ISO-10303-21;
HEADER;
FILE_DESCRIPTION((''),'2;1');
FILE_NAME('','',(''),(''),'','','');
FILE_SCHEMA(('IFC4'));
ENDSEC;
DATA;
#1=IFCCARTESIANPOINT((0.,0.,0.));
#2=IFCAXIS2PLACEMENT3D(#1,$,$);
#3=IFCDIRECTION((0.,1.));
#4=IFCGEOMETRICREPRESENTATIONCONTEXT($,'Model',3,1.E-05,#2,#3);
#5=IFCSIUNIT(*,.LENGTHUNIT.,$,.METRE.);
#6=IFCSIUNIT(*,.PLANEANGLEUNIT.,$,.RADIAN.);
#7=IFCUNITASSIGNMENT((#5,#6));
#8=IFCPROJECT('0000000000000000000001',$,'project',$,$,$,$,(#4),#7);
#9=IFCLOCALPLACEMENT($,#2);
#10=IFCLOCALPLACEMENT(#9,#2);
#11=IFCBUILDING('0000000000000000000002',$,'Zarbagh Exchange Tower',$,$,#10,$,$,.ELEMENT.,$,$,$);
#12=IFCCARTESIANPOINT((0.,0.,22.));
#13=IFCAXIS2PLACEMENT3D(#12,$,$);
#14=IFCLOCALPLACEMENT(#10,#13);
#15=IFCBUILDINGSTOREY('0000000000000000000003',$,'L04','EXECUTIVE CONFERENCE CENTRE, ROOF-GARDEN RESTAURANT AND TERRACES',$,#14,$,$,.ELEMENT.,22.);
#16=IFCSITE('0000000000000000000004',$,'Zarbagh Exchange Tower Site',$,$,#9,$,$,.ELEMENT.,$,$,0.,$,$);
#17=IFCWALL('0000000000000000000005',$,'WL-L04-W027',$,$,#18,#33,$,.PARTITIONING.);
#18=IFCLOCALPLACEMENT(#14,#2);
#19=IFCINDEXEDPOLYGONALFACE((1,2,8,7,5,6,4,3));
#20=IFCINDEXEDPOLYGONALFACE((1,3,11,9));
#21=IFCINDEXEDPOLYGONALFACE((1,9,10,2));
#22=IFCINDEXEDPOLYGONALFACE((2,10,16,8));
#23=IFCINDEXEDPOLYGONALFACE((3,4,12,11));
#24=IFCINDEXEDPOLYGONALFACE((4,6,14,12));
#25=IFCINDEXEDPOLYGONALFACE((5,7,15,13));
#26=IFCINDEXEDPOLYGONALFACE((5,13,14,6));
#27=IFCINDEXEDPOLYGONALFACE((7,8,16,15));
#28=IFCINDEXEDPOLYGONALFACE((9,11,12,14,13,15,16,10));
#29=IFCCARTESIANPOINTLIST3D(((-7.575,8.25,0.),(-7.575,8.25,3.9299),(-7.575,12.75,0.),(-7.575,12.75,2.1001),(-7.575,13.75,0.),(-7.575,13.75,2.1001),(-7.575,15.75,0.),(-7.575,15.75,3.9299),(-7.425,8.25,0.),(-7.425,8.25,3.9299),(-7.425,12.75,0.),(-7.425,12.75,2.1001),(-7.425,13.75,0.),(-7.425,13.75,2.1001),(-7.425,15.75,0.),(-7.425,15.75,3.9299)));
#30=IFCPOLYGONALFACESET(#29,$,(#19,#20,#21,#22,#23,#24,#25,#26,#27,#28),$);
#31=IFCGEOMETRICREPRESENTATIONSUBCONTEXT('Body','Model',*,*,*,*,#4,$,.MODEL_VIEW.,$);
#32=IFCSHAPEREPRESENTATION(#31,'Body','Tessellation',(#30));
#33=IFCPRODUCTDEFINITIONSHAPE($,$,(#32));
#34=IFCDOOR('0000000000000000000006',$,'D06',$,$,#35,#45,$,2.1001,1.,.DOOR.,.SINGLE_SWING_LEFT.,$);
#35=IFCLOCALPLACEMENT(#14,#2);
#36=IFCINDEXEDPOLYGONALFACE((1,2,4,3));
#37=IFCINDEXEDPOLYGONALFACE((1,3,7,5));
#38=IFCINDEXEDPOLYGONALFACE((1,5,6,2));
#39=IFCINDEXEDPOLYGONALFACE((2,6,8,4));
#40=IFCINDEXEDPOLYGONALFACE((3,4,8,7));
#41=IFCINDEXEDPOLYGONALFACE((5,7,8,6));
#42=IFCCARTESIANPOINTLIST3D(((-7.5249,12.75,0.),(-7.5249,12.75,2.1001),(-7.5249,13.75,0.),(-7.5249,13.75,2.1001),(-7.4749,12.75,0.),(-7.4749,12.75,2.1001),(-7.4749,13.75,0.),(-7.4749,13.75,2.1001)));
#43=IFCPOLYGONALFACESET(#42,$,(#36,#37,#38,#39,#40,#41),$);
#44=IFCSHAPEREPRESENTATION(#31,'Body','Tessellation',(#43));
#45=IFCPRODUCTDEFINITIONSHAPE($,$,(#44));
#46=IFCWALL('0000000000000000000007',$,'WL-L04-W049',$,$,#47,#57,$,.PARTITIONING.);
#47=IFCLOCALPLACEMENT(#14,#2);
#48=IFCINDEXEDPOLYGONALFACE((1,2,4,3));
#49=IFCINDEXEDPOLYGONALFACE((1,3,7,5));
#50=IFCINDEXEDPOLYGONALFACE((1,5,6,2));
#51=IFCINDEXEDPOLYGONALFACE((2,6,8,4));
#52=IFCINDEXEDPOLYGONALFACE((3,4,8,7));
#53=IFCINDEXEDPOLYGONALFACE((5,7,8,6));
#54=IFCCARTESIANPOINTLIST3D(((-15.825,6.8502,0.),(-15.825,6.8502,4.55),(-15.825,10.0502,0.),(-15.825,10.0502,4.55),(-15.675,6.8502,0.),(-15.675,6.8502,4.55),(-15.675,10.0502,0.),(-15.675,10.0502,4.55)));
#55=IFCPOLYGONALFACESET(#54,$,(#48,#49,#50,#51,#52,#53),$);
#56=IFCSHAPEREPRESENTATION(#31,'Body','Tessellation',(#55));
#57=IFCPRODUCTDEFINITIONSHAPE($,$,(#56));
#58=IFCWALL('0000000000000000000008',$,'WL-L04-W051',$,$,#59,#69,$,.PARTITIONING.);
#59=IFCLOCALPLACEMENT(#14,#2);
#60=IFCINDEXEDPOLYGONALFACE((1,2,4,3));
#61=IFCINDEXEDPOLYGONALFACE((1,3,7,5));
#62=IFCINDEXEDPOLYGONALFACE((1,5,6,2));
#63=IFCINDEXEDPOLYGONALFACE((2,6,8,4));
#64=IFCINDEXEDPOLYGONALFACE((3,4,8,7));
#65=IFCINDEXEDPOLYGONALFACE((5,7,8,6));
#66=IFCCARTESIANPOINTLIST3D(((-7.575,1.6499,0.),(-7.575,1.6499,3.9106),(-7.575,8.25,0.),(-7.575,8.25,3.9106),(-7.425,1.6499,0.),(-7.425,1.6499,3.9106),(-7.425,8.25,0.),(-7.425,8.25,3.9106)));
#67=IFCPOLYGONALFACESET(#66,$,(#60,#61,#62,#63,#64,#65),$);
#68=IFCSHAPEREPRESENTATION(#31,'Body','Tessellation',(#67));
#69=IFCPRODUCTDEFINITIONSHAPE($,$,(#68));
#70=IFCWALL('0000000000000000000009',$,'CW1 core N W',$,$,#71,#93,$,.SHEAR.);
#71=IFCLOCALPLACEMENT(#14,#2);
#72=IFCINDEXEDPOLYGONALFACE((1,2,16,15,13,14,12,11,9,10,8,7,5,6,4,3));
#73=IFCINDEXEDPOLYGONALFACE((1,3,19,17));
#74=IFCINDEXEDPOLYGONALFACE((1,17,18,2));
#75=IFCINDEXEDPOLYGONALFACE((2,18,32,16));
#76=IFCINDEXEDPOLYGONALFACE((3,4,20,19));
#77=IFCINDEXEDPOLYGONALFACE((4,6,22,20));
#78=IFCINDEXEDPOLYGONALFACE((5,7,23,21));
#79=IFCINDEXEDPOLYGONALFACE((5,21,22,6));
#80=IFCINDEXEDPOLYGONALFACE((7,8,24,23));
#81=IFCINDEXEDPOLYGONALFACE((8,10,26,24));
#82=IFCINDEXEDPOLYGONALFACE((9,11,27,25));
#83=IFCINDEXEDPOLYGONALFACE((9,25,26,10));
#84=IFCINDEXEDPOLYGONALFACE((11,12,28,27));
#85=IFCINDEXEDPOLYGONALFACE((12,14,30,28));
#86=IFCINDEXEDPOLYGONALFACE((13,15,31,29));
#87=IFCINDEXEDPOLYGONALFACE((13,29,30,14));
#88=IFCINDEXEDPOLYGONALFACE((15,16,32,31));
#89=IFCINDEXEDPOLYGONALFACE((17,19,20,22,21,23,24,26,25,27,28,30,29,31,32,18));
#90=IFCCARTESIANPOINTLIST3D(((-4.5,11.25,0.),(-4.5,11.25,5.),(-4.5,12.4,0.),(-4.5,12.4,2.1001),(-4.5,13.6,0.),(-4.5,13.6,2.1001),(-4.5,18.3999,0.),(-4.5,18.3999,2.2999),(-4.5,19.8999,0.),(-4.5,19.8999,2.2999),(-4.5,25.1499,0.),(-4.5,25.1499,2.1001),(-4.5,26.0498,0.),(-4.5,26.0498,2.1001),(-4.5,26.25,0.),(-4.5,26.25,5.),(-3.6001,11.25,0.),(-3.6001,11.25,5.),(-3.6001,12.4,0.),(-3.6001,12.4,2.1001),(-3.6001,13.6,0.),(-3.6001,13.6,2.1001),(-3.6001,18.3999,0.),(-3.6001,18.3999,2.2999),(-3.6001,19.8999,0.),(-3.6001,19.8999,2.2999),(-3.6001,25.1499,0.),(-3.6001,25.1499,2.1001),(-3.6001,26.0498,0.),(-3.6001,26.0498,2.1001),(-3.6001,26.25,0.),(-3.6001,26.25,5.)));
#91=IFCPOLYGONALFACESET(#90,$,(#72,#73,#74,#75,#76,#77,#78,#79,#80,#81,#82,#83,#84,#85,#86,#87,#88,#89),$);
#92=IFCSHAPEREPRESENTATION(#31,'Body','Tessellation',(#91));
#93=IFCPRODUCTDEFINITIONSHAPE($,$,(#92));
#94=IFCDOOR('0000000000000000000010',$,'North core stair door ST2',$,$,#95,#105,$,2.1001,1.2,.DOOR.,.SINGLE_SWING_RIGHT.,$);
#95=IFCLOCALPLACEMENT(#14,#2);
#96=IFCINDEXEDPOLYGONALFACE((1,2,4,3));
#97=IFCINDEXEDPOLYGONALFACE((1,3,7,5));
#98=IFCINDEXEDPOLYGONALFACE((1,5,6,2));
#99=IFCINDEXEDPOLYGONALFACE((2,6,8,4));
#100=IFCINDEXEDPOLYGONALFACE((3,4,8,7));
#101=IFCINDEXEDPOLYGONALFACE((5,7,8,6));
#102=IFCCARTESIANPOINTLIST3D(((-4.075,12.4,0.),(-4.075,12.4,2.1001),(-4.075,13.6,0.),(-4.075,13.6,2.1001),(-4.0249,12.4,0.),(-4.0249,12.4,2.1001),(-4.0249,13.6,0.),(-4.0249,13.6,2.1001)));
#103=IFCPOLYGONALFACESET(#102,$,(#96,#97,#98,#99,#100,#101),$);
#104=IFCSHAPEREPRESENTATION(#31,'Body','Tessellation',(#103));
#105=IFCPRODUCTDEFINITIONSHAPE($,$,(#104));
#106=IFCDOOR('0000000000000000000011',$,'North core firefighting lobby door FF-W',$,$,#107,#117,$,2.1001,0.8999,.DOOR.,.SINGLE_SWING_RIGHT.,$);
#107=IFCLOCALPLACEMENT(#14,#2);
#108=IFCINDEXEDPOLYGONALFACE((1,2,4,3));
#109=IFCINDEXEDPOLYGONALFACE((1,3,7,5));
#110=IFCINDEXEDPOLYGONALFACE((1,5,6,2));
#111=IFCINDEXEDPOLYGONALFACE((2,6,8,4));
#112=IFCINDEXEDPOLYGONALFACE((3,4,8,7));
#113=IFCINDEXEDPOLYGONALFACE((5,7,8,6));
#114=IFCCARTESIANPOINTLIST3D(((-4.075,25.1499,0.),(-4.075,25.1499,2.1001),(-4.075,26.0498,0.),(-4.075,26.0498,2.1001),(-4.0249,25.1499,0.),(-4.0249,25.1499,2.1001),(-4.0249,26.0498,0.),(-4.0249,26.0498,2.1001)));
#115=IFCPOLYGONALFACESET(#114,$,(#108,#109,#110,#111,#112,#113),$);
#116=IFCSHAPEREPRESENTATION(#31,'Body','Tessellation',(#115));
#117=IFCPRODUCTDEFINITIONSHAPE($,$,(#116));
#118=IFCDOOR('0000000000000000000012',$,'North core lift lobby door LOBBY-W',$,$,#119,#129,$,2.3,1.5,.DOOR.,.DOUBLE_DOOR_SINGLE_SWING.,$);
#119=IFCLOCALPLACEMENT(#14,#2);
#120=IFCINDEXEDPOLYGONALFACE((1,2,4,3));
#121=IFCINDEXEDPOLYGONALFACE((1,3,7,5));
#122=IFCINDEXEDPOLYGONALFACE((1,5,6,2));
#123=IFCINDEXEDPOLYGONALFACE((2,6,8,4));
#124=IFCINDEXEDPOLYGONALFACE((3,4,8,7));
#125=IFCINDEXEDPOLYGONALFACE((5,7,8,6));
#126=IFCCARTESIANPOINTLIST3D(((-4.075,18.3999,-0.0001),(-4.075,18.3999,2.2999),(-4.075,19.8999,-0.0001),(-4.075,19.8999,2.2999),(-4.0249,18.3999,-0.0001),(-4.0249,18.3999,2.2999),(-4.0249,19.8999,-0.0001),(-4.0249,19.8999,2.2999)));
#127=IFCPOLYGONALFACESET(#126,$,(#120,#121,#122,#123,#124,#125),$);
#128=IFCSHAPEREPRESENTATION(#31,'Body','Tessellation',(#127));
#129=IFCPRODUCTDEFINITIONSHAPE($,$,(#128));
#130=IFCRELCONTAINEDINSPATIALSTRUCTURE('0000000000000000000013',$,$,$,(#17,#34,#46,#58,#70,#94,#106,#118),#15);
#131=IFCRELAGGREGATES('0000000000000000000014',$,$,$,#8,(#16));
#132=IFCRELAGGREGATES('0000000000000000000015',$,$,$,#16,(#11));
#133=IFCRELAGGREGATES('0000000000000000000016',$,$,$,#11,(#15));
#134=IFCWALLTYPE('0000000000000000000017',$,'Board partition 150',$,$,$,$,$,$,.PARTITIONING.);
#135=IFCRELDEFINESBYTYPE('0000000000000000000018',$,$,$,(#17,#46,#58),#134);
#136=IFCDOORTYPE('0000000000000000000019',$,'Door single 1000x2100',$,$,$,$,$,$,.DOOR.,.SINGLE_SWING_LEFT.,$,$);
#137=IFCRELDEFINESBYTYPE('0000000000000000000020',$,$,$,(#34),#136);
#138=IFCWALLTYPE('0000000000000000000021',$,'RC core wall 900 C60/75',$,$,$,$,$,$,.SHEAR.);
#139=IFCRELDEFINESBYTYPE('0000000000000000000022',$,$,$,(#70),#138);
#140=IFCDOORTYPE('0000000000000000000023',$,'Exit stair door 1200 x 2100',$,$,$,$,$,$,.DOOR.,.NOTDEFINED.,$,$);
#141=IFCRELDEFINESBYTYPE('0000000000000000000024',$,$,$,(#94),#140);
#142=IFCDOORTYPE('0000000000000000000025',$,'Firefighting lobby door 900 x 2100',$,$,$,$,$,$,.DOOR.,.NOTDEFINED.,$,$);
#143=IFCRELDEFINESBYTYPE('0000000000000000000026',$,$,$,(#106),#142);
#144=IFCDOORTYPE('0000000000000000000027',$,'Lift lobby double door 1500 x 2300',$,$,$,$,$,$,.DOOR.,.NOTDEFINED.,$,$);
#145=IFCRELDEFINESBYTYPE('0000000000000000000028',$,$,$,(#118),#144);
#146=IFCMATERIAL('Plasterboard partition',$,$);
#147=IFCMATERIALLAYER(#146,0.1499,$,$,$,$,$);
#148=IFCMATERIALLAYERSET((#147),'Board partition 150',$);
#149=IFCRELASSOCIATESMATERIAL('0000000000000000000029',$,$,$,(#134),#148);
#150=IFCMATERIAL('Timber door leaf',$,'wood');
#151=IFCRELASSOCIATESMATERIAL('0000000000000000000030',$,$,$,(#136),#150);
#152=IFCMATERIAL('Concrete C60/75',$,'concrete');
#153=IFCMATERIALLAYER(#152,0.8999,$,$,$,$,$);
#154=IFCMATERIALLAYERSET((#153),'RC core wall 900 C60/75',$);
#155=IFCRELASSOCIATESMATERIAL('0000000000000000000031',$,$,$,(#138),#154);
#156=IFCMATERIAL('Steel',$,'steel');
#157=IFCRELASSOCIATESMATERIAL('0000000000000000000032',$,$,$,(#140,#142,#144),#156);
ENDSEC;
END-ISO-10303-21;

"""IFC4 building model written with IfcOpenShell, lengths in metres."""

from ifc_helpers import new_model, si_unit, direction, frame, frame_2d, origin, place, context, subcontext, project, spatial, rectangle, extrude, material, layer, layer_set, type_object, element, fill, save


model = new_model("IFC4")

# Units and contexts
model_context = context("Model", 3, precision=1e-05, world=origin(), true_north=direction((0.0, 1.0)))
body_context = subcontext(model_context, "Body", "Model", "MODEL_VIEW")
ifc_project = project(units=[si_unit("LENGTHUNIT", "METRE"), si_unit("PLANEANGLEUNIT", "RADIAN")], contexts=[model_context])

# Site, building, storey
site_placement = place(None, origin())
site = spatial("IfcSite", under=ifc_project, at=site_placement, Name="Zarbagh Exchange Tower Site", CompositionType="ELEMENT", RefElevation=0.0)
building_placement = place(site_placement, origin())
building = spatial("IfcBuilding", under=site, at=building_placement, Name="Zarbagh Exchange Tower", CompositionType="ELEMENT")
storey_placement = place(building_placement, frame((0.0, 0.0, 22.0)))
storey = spatial("IfcBuildingStorey", under=building, at=storey_placement, Name="L04", Description="EXECUTIVE CONFERENCE CENTRE, ROOF-GARDEN RESTAURANT AND TERRACES", CompositionType="ELEMENT", Elevation=22.0)

# Shared definitions
ifc_material_1 = material(Name="Concrete C60/75", Category="concrete")

# Wall, opening, door
ifc_material_2 = material(Name="Plasterboard partition")
ifc_layer_1 = layer(ifc_material_2, 0.1499)
ifc_layer_set_1 = layer_set([ifc_layer_1], Name="Board partition 150")
wall_type_1 = type_object("IfcWallType", Name="Board partition 150", PredefinedType="PARTITIONING", material=ifc_layer_set_1)
wall_1_placement = place(storey_placement, frame((-7.5, 8.25, 0.0), z_axis=(0.0, 0.0, 1.0), x_axis=(0.0, 1.0, 0.0)))
wall_1 = element("IfcWall", 1, at=wall_1_placement, inside=storey, type_object=wall_type_1, Name="WL-L04-W027", PredefinedType="PARTITIONING", context=body_context, shape_type="SweptSolid", body=[
    extrude(rectangle(XDim=7.5, YDim=0.1499, at=frame_2d((3.75, 0.0))), origin(), (0.0, 0.0, 1.0), 3.9299),
])
opening_1_placement = place(wall_1_placement, frame((4.5, 0.0, 0.0)))
opening_1 = element("IfcOpeningElement", 2, at=opening_1_placement, cuts=wall_1, PredefinedType="OPENING", context=body_context, shape_type="SweptSolid", body=[
    extrude(rectangle(XDim=1.0, YDim=2.1001, at=frame_2d((0.5, 1.05))), frame((0.0, 0.085, 0.0), z_axis=(0.0, -1.0, 0.0), x_axis=(1.0, 0.0, 0.0)), (0.0, 0.0, 1.0), 0.1699),
])
ifc_material_3 = material(Name="Timber door leaf", Category="wood")
door_type_1 = type_object("IfcDoorType", Name="Door single 1000x2100", OperationType="SINGLE_SWING_LEFT", PredefinedType="DOOR", material=ifc_material_3)
door_1_placement = place(opening_1_placement, origin())
door_1 = element("IfcDoor", 3, at=door_1_placement, inside=storey, type_object=door_type_1, Name="D06", OperationType="SINGLE_SWING_LEFT", OverallHeight=2.1001, OverallWidth=1.0, PredefinedType="DOOR", context=body_context, shape_type="SweptSolid", body=[
    extrude(rectangle(XDim=1.0, YDim=2.1001, at=frame_2d((0.5, 1.05))), frame((0.0, 0.0249, 0.0), z_axis=(0.0, -1.0, 0.0), x_axis=(1.0, 0.0, 0.0)), (0.0, 0.0, 1.0), 0.05),
])
fill(opening_1, door_1)

# Walls
wall_2_placement = place(storey_placement, frame((-15.75, 6.8501, 0.0), z_axis=(0.0, 0.0, 1.0), x_axis=(0.0, 1.0, 0.0)))
element("IfcWall", 4, at=wall_2_placement, inside=storey, type_object=wall_type_1, Name="WL-L04-W049", PredefinedType="PARTITIONING", context=body_context, shape_type="SweptSolid", body=[
    extrude(rectangle(XDim=3.2, YDim=0.1499, at=frame_2d((1.6001, 0.0))), origin(), (0.0, 0.0, 1.0), 4.55),
])
wall_3_placement = place(storey_placement, frame((-7.5, 8.25, 0.0), z_axis=(0.0, 0.0, 1.0), x_axis=(0.0, -1.0, 0.0)))
element("IfcWall", 5, at=wall_3_placement, inside=storey, type_object=wall_type_1, Name="WL-L04-W051", PredefinedType="PARTITIONING", context=body_context, shape_type="SweptSolid", body=[
    extrude(rectangle(XDim=6.6001, YDim=0.1499, at=frame_2d((3.3, 0.0))), origin(), (0.0, 0.0, 1.0), 3.9106),
])

# Wall, openings, doors
ifc_layer_2 = layer(ifc_material_1, 0.8999)
ifc_layer_set_2 = layer_set([ifc_layer_2], Name="RC core wall 900 C60/75")
wall_type_2 = type_object("IfcWallType", Name="RC core wall 900 C60/75", PredefinedType="SHEAR", material=ifc_layer_set_2)
wall_4_placement = place(storey_placement, frame((-4.05, 11.25, 0.0), z_axis=(0.0, 0.0, 1.0), x_axis=(0.0, 1.0, 0.0)))
wall_4 = element("IfcWall", 6, at=wall_4_placement, inside=storey, type_object=wall_type_2, Name="CW1 core N W", PredefinedType="SHEAR", context=body_context, shape_type="SweptSolid", body=[
    extrude(rectangle(XDim=15.0, YDim=0.8999, at=frame_2d((7.5, 0.0))), origin(), (0.0, 0.0, 1.0), 5.0),
])
opening_2_placement = place(wall_4_placement, frame((7.1499, 0.0, 0.0)))
opening_2 = element("IfcOpeningElement", 7, at=opening_2_placement, cuts=wall_4, PredefinedType="OPENING", context=body_context, shape_type="SweptSolid", body=[
    extrude(rectangle(XDim=1.5, YDim=2.3, at=frame_2d((0.75, 1.1499))), frame((0.0, 0.46, 0.0), z_axis=(0.0, -1.0, 0.0), x_axis=(1.0, 0.0, 0.0)), (0.0, 0.0, 1.0), 0.9199),
])
opening_3_placement = place(wall_4_placement, frame((13.8999, 0.0, 0.0)))
opening_3 = element("IfcOpeningElement", 8, at=opening_3_placement, cuts=wall_4, PredefinedType="OPENING", context=body_context, shape_type="SweptSolid", body=[
    extrude(rectangle(XDim=0.8999, YDim=2.1001, at=frame_2d((0.45, 1.05))), frame((0.0, 0.46, 0.0), z_axis=(0.0, -1.0, 0.0), x_axis=(1.0, 0.0, 0.0)), (0.0, 0.0, 1.0), 0.9199),
])
opening_4_placement = place(wall_4_placement, frame((1.1499, 0.0, 0.0)))
opening_4 = element("IfcOpeningElement", 9, at=opening_4_placement, cuts=wall_4, PredefinedType="OPENING", context=body_context, shape_type="SweptSolid", body=[
    extrude(rectangle(XDim=1.2, YDim=2.1001, at=frame_2d((0.6001, 1.05))), frame((0.0, 0.46, 0.0), z_axis=(0.0, -1.0, 0.0), x_axis=(1.0, 0.0, 0.0)), (0.0, 0.0, 1.0), 0.9199),
])
ifc_material_4 = material(Name="Steel", Category="steel")
door_type_2 = type_object("IfcDoorType", Name="Exit stair door 1200 x 2100", OperationType="NOTDEFINED", PredefinedType="DOOR", material=ifc_material_4)
door_2_placement = place(opening_4_placement, origin())
door_2 = element("IfcDoor", 10, at=door_2_placement, inside=storey, type_object=door_type_2, Name="North core stair door ST2", OperationType="SINGLE_SWING_RIGHT", OverallHeight=2.1001, OverallWidth=1.2, PredefinedType="DOOR", context=body_context, shape_type="SweptSolid", body=[
    extrude(rectangle(XDim=1.2, YDim=2.1001, at=frame_2d((0.6001, 1.05))), frame((0.0, 0.0249, 0.0), z_axis=(0.0, -1.0, 0.0), x_axis=(1.0, 0.0, 0.0)), (0.0, 0.0, 1.0), 0.05),
])
fill(opening_4, door_2)
door_type_3 = type_object("IfcDoorType", Name="Firefighting lobby door 900 x 2100", OperationType="NOTDEFINED", PredefinedType="DOOR", material=ifc_material_4)
door_3_placement = place(opening_3_placement, origin())
door_3 = element("IfcDoor", 11, at=door_3_placement, inside=storey, type_object=door_type_3, Name="North core firefighting lobby door FF-W", OperationType="SINGLE_SWING_RIGHT", OverallHeight=2.1001, OverallWidth=0.8999, PredefinedType="DOOR", context=body_context, shape_type="SweptSolid", body=[
    extrude(rectangle(XDim=0.8999, YDim=2.1001, at=frame_2d((0.45, 1.05))), frame((0.0, 0.0249, 0.0), z_axis=(0.0, -1.0, 0.0), x_axis=(1.0, 0.0, 0.0)), (0.0, 0.0, 1.0), 0.05),
])
fill(opening_3, door_3)
door_type_4 = type_object("IfcDoorType", Name="Lift lobby double door 1500 x 2300", OperationType="NOTDEFINED", PredefinedType="DOOR", material=ifc_material_4)
door_4_placement = place(opening_2_placement, origin())
door_4 = element("IfcDoor", 12, at=door_4_placement, inside=storey, type_object=door_type_4, Name="North core lift lobby door LOBBY-W", OperationType="DOUBLE_DOOR_SINGLE_SWING", OverallHeight=2.3, OverallWidth=1.5, PredefinedType="DOOR", context=body_context, shape_type="SweptSolid", body=[
    extrude(rectangle(XDim=1.5, YDim=2.3, at=frame_2d((0.75, 1.1499))), frame((0.0, 0.0249, 0.0), z_axis=(0.0, -1.0, 0.0), x_axis=(1.0, 0.0, 0.0)), (0.0, 0.0, 1.0), 0.05),
])
fill(opening_2, door_4)

save(model, "model.ifc")
